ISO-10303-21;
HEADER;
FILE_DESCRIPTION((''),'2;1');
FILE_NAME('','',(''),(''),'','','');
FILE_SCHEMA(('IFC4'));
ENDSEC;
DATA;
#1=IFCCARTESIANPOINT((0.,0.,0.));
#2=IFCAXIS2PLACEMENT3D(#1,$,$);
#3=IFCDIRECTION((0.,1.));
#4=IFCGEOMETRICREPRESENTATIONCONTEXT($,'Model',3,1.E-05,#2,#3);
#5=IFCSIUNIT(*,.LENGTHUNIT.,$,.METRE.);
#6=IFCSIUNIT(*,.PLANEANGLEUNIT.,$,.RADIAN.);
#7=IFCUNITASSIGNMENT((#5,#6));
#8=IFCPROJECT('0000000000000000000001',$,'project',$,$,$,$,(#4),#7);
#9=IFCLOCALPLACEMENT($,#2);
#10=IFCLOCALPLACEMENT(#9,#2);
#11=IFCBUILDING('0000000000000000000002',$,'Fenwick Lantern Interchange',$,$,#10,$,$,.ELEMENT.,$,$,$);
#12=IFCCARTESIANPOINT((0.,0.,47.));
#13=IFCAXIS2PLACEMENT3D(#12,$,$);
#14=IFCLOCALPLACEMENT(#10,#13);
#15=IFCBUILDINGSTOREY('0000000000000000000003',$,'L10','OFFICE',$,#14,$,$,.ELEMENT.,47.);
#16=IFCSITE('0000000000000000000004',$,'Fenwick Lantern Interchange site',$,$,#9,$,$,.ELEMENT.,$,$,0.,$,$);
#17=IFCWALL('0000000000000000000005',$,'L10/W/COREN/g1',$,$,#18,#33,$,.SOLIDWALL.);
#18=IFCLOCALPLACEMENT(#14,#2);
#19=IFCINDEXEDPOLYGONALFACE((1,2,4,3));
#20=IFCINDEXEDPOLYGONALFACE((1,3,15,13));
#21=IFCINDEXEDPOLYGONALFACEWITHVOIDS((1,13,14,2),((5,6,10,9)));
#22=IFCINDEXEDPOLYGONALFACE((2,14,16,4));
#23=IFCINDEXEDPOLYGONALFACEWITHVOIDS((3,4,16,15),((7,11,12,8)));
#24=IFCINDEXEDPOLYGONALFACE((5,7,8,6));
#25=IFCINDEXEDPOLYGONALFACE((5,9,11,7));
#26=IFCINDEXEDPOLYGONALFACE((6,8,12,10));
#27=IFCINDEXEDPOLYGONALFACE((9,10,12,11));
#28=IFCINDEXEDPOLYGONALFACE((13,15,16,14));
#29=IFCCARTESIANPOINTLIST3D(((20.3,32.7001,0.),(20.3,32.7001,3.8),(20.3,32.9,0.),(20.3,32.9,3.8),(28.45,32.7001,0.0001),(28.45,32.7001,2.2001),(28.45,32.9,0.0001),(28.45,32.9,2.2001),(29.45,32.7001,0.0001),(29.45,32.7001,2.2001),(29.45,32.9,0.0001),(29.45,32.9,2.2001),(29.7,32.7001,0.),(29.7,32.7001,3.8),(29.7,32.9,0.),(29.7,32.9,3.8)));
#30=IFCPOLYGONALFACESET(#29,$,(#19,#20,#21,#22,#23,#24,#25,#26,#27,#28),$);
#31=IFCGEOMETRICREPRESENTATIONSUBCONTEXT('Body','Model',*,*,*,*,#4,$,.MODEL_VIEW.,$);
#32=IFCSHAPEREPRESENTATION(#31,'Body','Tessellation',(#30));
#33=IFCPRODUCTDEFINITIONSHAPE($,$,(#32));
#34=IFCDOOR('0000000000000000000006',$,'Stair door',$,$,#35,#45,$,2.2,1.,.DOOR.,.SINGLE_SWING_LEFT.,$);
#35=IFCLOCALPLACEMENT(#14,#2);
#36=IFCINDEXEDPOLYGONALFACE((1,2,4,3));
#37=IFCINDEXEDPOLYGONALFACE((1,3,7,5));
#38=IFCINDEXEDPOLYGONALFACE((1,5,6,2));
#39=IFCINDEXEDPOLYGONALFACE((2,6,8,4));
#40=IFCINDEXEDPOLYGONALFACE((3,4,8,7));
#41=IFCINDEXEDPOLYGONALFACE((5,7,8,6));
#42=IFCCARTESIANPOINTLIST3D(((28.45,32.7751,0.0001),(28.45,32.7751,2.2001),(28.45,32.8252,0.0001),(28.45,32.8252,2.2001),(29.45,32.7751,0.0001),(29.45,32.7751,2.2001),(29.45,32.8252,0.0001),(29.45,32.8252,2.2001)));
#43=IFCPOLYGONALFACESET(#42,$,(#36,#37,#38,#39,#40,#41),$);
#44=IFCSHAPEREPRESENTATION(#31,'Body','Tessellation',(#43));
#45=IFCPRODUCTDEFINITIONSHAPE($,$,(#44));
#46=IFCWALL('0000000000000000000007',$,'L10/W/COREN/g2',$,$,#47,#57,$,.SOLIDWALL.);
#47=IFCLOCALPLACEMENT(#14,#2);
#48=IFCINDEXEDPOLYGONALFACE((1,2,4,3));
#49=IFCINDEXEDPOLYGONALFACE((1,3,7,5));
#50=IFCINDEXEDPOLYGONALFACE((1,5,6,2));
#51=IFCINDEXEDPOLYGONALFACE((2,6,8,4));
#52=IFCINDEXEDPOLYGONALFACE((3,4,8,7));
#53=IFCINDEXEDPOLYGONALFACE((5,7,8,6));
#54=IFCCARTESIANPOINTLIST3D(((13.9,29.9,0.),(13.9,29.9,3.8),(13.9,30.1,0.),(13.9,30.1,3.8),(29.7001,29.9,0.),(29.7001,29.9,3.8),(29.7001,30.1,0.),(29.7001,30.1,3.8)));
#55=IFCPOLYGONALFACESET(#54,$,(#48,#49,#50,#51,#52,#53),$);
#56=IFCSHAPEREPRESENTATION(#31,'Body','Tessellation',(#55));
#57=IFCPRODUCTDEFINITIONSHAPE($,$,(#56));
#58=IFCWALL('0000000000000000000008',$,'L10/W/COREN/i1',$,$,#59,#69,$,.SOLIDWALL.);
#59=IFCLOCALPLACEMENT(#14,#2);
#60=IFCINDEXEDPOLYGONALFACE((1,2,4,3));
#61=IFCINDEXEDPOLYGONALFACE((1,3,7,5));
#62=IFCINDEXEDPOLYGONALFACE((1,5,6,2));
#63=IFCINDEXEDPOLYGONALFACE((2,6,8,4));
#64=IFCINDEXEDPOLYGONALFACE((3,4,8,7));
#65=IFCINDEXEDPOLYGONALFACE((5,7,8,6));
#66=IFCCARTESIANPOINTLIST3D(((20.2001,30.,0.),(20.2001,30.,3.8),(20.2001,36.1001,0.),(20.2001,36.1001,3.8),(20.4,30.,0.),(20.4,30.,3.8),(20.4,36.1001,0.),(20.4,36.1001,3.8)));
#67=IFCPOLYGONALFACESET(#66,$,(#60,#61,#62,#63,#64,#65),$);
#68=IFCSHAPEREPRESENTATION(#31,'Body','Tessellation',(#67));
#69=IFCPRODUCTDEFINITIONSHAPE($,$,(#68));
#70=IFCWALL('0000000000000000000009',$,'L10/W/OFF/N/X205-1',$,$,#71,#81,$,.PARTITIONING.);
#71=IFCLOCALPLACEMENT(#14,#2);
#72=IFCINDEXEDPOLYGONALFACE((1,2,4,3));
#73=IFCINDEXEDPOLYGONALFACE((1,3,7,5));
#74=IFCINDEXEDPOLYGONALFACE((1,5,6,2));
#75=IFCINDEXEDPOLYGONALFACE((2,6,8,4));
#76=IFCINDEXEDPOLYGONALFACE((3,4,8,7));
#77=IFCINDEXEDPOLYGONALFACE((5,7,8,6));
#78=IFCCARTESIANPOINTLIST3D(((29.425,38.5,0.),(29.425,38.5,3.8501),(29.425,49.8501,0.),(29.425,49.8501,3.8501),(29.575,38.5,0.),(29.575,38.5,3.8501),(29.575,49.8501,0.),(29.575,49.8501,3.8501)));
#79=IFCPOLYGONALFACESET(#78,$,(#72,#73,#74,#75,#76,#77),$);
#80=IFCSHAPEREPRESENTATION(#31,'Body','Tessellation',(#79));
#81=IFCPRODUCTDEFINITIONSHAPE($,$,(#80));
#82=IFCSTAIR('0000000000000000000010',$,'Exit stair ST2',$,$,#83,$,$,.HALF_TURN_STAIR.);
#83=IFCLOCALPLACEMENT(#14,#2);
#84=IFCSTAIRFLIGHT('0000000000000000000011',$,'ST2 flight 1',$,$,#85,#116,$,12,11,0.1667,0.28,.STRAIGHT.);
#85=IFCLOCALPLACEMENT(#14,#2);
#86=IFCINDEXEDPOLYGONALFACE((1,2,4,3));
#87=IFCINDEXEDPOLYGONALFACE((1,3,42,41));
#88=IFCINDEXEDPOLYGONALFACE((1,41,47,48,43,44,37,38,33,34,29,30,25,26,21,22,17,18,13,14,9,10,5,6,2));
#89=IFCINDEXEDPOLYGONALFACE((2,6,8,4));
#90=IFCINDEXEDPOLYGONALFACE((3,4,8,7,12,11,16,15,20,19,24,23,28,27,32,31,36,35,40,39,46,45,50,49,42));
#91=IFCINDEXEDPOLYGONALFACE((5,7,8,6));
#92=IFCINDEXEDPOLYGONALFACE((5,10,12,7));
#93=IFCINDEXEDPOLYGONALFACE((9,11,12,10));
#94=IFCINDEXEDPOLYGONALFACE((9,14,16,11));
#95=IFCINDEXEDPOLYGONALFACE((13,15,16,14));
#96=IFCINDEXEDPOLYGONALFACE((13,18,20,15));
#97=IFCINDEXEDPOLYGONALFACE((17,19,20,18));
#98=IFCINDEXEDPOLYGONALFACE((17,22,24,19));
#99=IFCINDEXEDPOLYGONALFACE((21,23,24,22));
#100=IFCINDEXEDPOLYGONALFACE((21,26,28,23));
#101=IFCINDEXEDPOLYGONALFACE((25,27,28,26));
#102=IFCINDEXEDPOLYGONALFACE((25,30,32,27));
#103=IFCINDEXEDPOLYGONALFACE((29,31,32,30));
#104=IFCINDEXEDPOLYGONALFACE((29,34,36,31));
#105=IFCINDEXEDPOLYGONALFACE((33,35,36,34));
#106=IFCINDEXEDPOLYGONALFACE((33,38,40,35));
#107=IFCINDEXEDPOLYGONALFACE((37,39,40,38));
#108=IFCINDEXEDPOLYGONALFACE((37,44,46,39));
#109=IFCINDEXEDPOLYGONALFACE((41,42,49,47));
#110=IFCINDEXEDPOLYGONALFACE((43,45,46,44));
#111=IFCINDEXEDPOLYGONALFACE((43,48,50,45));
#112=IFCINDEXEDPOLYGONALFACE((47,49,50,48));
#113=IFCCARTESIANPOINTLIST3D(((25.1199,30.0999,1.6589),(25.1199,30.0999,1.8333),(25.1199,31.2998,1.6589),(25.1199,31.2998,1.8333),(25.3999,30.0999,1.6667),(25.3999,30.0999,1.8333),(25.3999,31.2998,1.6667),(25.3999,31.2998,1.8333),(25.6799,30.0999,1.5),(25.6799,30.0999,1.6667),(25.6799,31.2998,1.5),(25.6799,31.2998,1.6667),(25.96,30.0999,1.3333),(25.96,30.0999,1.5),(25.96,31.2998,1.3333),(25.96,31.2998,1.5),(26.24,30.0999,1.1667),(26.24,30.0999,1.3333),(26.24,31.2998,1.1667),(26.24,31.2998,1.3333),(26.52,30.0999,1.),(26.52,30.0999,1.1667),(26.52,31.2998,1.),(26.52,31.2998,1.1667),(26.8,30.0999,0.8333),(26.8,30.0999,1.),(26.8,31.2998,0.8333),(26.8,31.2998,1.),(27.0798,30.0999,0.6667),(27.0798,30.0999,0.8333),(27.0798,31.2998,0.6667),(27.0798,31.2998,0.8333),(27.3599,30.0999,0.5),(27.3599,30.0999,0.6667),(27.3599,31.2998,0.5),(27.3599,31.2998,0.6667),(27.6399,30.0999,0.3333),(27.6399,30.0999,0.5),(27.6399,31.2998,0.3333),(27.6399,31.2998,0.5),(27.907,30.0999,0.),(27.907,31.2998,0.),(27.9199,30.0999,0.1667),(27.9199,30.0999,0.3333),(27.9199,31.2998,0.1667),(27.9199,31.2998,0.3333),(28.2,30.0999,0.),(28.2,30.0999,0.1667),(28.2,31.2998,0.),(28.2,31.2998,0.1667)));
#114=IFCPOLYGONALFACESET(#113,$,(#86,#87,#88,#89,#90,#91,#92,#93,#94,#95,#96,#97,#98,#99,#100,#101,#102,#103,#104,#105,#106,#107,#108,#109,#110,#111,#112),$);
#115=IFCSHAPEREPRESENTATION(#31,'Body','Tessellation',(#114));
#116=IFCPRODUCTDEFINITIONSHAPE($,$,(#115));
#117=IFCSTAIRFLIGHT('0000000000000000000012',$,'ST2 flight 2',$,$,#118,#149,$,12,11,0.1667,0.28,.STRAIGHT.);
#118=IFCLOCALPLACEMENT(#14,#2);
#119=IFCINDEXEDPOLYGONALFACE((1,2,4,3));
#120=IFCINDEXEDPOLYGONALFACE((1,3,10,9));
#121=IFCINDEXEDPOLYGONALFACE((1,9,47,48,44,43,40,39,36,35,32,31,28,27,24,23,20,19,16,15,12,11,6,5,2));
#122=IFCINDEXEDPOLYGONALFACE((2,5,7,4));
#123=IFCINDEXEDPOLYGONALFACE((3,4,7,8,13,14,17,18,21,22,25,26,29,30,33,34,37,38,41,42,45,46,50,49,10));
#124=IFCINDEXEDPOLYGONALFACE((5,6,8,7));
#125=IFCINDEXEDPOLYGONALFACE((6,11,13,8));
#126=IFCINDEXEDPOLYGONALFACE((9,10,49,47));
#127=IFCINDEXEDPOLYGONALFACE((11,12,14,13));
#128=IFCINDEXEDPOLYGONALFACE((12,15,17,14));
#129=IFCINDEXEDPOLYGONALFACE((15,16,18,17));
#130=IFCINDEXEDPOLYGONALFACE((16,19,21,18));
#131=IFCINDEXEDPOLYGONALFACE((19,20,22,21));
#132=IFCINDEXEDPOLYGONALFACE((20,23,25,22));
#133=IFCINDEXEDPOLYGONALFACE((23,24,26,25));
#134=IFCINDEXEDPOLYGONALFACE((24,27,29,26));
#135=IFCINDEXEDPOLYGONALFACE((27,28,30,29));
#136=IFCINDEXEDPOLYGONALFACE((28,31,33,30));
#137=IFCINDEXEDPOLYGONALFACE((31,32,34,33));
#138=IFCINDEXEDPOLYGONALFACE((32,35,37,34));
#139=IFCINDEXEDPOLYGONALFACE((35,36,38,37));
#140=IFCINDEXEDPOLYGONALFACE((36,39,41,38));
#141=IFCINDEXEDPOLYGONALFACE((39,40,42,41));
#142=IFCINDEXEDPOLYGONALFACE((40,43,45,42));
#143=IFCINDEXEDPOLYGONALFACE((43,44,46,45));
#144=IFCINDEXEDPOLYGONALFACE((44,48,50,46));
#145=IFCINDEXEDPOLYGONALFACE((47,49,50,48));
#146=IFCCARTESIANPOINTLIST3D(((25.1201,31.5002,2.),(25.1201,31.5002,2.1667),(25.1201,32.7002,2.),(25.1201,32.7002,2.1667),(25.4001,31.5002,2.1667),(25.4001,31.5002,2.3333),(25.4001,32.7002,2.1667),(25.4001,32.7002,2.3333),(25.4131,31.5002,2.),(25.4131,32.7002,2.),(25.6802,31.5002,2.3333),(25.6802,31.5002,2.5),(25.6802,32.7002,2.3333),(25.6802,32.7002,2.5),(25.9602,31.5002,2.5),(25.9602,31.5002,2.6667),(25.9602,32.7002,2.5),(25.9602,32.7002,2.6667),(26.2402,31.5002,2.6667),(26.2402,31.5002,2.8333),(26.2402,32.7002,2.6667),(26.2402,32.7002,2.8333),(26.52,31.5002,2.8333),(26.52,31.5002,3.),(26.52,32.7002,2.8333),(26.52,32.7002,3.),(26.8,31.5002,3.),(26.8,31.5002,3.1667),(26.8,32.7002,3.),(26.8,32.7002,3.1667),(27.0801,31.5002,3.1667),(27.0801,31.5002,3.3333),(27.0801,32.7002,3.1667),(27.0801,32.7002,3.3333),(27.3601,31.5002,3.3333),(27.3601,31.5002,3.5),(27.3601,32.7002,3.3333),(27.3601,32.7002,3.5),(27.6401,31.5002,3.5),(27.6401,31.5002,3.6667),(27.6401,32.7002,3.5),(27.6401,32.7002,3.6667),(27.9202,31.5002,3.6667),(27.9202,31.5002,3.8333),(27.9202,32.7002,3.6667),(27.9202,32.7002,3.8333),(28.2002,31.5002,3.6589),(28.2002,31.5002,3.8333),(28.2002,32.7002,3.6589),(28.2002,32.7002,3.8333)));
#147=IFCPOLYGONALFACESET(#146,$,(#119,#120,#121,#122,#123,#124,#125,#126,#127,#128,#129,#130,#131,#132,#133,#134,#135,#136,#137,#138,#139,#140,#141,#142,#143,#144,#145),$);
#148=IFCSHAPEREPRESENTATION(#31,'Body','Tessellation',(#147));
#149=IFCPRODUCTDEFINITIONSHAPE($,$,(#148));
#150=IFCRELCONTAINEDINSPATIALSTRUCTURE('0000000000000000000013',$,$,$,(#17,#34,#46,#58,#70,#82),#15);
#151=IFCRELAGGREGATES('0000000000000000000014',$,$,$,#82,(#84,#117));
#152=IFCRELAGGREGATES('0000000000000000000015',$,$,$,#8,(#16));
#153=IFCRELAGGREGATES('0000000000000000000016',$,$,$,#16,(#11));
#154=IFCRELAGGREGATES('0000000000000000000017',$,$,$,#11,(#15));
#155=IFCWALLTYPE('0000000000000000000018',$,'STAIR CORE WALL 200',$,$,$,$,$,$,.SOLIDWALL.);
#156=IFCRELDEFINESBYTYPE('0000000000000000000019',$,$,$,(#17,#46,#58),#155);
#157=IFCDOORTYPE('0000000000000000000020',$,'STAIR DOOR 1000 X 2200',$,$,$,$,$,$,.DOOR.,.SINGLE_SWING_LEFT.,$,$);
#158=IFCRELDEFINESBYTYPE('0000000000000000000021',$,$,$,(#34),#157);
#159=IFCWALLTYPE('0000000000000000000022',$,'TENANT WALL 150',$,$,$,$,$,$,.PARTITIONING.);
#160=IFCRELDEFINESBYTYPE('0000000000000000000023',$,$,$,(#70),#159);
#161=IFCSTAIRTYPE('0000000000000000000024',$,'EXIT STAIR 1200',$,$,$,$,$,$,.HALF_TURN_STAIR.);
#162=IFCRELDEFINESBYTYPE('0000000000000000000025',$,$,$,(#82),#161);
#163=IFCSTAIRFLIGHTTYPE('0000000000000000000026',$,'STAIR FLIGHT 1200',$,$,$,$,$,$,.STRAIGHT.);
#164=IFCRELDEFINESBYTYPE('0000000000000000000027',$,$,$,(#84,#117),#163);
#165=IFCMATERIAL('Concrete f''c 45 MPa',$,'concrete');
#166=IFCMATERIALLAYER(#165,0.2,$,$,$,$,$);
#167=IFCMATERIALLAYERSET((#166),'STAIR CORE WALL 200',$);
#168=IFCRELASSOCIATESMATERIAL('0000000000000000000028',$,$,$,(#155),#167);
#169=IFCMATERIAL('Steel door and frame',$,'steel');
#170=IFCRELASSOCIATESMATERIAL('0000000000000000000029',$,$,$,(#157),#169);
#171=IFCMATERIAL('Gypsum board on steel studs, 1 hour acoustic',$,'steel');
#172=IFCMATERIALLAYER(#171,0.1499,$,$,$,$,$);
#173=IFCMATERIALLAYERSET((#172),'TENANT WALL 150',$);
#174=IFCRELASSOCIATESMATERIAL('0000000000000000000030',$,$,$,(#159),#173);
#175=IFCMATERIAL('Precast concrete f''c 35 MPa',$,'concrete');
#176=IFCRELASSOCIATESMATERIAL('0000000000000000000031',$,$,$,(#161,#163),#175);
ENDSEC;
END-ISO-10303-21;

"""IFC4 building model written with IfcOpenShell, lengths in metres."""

from ifc_helpers import new_model, si_unit, direction, frame, frame_2d, origin, place, context, subcontext, project, spatial, polyline, rectangle, outline, extrude, material, layer, layer_set, type_object, element, fill, aggregate, save


model = new_model("IFC4")

# Units and contexts
model_context = context("Model", 3, precision=1e-05, world=origin(), true_north=direction((0.0, 1.0)))
body_context = subcontext(model_context, "Body", "Model", "MODEL_VIEW")
ifc_project = project(units=[si_unit("LENGTHUNIT", "METRE"), si_unit("PLANEANGLEUNIT", "RADIAN")], contexts=[model_context])

# Site, building, storey
site_placement = place(None, origin())
site = spatial("IfcSite", under=ifc_project, at=site_placement, Name="Fenwick Lantern Interchange site", CompositionType="ELEMENT", RefElevation=0.0)
building_placement = place(site_placement, origin())
building = spatial("IfcBuilding", under=site, at=building_placement, Name="Fenwick Lantern Interchange", CompositionType="ELEMENT")
storey_placement = place(building_placement, frame((0.0, 0.0, 47.0)))
storey = spatial("IfcBuildingStorey", under=building, at=storey_placement, Name="L10", Description="OFFICE", CompositionType="ELEMENT", Elevation=47.0)

# Shared definitions
ifc_material_1 = material(Name="Steel door and frame", Category="steel")

# Shared definitions
ifc_material_2 = material(Name="Concrete f'c 45 MPa", Category="concrete")
ifc_layer_1 = layer(ifc_material_2, 0.2)
ifc_layer_set_1 = layer_set([ifc_layer_1], Name="STAIR CORE WALL 200")
wall_type_1 = type_object("IfcWallType", Name="STAIR CORE WALL 200", PredefinedType="SOLIDWALL", material=ifc_layer_set_1)

# Wall, opening, door
wall_1_placement = place(storey_placement, frame((29.7, 32.8, 0.0), z_axis=(0.0, 0.0, 1.0), x_axis=(-1.0, 0.0, 0.0)))
wall_1 = element("IfcWall", 1, at=wall_1_placement, inside=storey, type_object=wall_type_1, Name="L10/W/COREN/g1", PredefinedType="SOLIDWALL", context=body_context, shape_type="SweptSolid", body=[
    extrude(rectangle(XDim=9.3999, YDim=0.2, at=frame_2d((4.7, 0.0))), origin(), (0.0, 0.0, 1.0), 3.8),
])
opening_1_placement = place(wall_1_placement, frame((0.25, 0.0, 0.0)))
opening_1 = element("IfcOpeningElement", 2, at=opening_1_placement, cuts=wall_1, PredefinedType="OPENING", context=body_context, shape_type="SweptSolid", body=[
    extrude(rectangle(XDim=1.0, YDim=2.2, at=frame_2d((0.5, 1.1001))), frame((0.0, 0.1099, 0.0), z_axis=(0.0, -1.0, 0.0), x_axis=(1.0, 0.0, 0.0)), (0.0, 0.0, 1.0), 0.22),
])
door_type_1 = type_object("IfcDoorType", Name="STAIR DOOR 1000 X 2200", OperationType="SINGLE_SWING_LEFT", PredefinedType="DOOR", material=ifc_material_1)
door_1_placement = place(opening_1_placement, origin())
door_1 = element("IfcDoor", 3, at=door_1_placement, inside=storey, type_object=door_type_1, Name="Stair door", OperationType="SINGLE_SWING_LEFT", OverallHeight=2.2, OverallWidth=1.0, PredefinedType="DOOR", context=body_context, shape_type="SweptSolid", body=[
    extrude(rectangle(XDim=1.0, YDim=2.2, at=frame_2d((0.5, 1.1001))), frame((0.0, 0.0249, 0.0), z_axis=(0.0, -1.0, 0.0), x_axis=(1.0, 0.0, 0.0)), (0.0, 0.0, 1.0), 0.05),
])
fill(opening_1, door_1)

# Walls
wall_2_placement = place(storey_placement, frame((29.7, 30.0, 0.0), z_axis=(0.0, 0.0, 1.0), x_axis=(-1.0, 0.0, 0.0)))
element("IfcWall", 4, at=wall_2_placement, inside=storey, type_object=wall_type_1, Name="L10/W/COREN/g2", PredefinedType="SOLIDWALL", context=body_context, shape_type="SweptSolid", body=[
    extrude(rectangle(XDim=15.8, YDim=0.2, at=frame_2d((7.8999, 0.0))), origin(), (0.0, 0.0, 1.0), 3.8),
])
wall_3_placement = place(storey_placement, frame((20.3, 36.1001, 0.0), z_axis=(0.0, 0.0, 1.0), x_axis=(0.0, -1.0, 0.0)))
element("IfcWall", 5, at=wall_3_placement, inside=storey, type_object=wall_type_1, Name="L10/W/COREN/i1", PredefinedType="SOLIDWALL", context=body_context, shape_type="SweptSolid", body=[
    extrude(rectangle(XDim=6.1001, YDim=0.2, at=frame_2d((3.05, 0.0))), origin(), (0.0, 0.0, 1.0), 3.8),
])
ifc_material_3 = material(Name="Gypsum board on steel studs, 1 hour acoustic", Category="steel")
ifc_layer_2 = layer(ifc_material_3, 0.1499)
ifc_layer_set_2 = layer_set([ifc_layer_2], Name="TENANT WALL 150")
wall_type_2 = type_object("IfcWallType", Name="TENANT WALL 150", PredefinedType="PARTITIONING", material=ifc_layer_set_2)
wall_4_placement = place(storey_placement, frame((29.5, 49.8501, 0.0), z_axis=(0.0, 0.0, 1.0), x_axis=(0.0, -1.0, 0.0)))
element("IfcWall", 6, at=wall_4_placement, inside=storey, type_object=wall_type_2, Name="L10/W/OFF/N/X205-1", PredefinedType="PARTITIONING", context=body_context, shape_type="SweptSolid", body=[
    extrude(rectangle(XDim=11.3501, YDim=0.1499, at=frame_2d((5.675, 0.0))), origin(), (0.0, 0.0, 1.0), 3.8501),
])

# Stair, stair flights
ifc_material_4 = material(Name="Precast concrete f'c 35 MPa", Category="concrete")
stair_type = type_object("IfcStairType", Name="EXIT STAIR 1200", PredefinedType="HALF_TURN_STAIR", material=ifc_material_4)
stair_placement = place(storey_placement, origin())
stair = element("IfcStair", 7, at=stair_placement, inside=storey, type_object=stair_type, Name="Exit stair ST2", PredefinedType="HALF_TURN_STAIR")
stair_flight_type = type_object("IfcStairFlightType", Name="STAIR FLIGHT 1200", PredefinedType="STRAIGHT", material=ifc_material_4)
stair_flight_1_placement = place(storey_placement, frame((28.2, 30.7, 0.0), z_axis=(0.0, 0.0, 1.0), x_axis=(-1.0, 0.0, 0.0)))
stair_flight_1 = element("IfcStairFlight", 8, at=stair_flight_1_placement, type_object=stair_flight_type, Name="ST2 flight 1", NumberOfRisers=12, NumberOfTreads=11, PredefinedType="STRAIGHT", RiserHeight=0.1667, TreadLength=0.28, context=body_context, shape_type="SweptSolid", body=[
    extrude(outline(polyline([(0.0, 0.0), (0.0, 0.1667), (0.28, 0.1667), (0.28, 0.3333), (0.5601, 0.3333), (0.5601, 0.5), (0.8401, 0.5), (0.8401, 0.6667), (1.1201, 0.6667), (1.1201, 0.8333), (1.3999, 0.8333), (1.3999, 1.0), (1.6799, 1.0), (1.6799, 1.1667), (1.96, 1.1667), (1.96, 1.3333), (2.24, 1.3333), (2.24, 1.5), (2.52, 1.5), (2.52, 1.6667), (2.8, 1.6667), (2.8, 1.8333), (3.0801, 1.8333), (3.0801, 2.0), (3.0801, 1.6589), (0.293, 0.0), (0.0, 0.0)])), frame((0.0, 0.6001, 0.0), z_axis=(0.0, -1.0, 0.0), x_axis=(1.0, 0.0, 0.0)), (0.0, 0.0, 1.0), 1.2),
])
stair_flight_2_placement = place(storey_placement, frame((25.1201, 32.1001, 2.0), z_axis=(0.0, 0.0, 1.0), x_axis=(1.0, 0.0, 0.0)))
stair_flight_2 = element("IfcStairFlight", 9, at=stair_flight_2_placement, type_object=stair_flight_type, Name="ST2 flight 2", NumberOfRisers=12, NumberOfTreads=11, PredefinedType="STRAIGHT", RiserHeight=0.1667, TreadLength=0.28, context=body_context, shape_type="SweptSolid", body=[
    extrude(outline(polyline([(0.0, 0.0), (0.0, 0.1667), (0.28, 0.1667), (0.28, 0.3333), (0.5601, 0.3333), (0.5601, 0.5), (0.8401, 0.5), (0.8401, 0.6667), (1.1201, 0.6667), (1.1201, 0.8333), (1.3999, 0.8333), (1.3999, 1.0), (1.6799, 1.0), (1.6799, 1.1667), (1.96, 1.1667), (1.96, 1.3333), (2.24, 1.3333), (2.24, 1.5), (2.52, 1.5), (2.52, 1.6667), (2.8, 1.6667), (2.8, 1.8333), (3.0801, 1.8333), (3.0801, 2.0), (3.0801, 1.6589), (0.293, 0.0), (0.0, 0.0)])), frame((0.0, 0.6001, 0.0), z_axis=(0.0, -1.0, 0.0), x_axis=(1.0, 0.0, 0.0)), (0.0, 0.0, 1.0), 1.2),
])
aggregate(stair, [stair_flight_1, stair_flight_2])

save(model, "model.ifc")
